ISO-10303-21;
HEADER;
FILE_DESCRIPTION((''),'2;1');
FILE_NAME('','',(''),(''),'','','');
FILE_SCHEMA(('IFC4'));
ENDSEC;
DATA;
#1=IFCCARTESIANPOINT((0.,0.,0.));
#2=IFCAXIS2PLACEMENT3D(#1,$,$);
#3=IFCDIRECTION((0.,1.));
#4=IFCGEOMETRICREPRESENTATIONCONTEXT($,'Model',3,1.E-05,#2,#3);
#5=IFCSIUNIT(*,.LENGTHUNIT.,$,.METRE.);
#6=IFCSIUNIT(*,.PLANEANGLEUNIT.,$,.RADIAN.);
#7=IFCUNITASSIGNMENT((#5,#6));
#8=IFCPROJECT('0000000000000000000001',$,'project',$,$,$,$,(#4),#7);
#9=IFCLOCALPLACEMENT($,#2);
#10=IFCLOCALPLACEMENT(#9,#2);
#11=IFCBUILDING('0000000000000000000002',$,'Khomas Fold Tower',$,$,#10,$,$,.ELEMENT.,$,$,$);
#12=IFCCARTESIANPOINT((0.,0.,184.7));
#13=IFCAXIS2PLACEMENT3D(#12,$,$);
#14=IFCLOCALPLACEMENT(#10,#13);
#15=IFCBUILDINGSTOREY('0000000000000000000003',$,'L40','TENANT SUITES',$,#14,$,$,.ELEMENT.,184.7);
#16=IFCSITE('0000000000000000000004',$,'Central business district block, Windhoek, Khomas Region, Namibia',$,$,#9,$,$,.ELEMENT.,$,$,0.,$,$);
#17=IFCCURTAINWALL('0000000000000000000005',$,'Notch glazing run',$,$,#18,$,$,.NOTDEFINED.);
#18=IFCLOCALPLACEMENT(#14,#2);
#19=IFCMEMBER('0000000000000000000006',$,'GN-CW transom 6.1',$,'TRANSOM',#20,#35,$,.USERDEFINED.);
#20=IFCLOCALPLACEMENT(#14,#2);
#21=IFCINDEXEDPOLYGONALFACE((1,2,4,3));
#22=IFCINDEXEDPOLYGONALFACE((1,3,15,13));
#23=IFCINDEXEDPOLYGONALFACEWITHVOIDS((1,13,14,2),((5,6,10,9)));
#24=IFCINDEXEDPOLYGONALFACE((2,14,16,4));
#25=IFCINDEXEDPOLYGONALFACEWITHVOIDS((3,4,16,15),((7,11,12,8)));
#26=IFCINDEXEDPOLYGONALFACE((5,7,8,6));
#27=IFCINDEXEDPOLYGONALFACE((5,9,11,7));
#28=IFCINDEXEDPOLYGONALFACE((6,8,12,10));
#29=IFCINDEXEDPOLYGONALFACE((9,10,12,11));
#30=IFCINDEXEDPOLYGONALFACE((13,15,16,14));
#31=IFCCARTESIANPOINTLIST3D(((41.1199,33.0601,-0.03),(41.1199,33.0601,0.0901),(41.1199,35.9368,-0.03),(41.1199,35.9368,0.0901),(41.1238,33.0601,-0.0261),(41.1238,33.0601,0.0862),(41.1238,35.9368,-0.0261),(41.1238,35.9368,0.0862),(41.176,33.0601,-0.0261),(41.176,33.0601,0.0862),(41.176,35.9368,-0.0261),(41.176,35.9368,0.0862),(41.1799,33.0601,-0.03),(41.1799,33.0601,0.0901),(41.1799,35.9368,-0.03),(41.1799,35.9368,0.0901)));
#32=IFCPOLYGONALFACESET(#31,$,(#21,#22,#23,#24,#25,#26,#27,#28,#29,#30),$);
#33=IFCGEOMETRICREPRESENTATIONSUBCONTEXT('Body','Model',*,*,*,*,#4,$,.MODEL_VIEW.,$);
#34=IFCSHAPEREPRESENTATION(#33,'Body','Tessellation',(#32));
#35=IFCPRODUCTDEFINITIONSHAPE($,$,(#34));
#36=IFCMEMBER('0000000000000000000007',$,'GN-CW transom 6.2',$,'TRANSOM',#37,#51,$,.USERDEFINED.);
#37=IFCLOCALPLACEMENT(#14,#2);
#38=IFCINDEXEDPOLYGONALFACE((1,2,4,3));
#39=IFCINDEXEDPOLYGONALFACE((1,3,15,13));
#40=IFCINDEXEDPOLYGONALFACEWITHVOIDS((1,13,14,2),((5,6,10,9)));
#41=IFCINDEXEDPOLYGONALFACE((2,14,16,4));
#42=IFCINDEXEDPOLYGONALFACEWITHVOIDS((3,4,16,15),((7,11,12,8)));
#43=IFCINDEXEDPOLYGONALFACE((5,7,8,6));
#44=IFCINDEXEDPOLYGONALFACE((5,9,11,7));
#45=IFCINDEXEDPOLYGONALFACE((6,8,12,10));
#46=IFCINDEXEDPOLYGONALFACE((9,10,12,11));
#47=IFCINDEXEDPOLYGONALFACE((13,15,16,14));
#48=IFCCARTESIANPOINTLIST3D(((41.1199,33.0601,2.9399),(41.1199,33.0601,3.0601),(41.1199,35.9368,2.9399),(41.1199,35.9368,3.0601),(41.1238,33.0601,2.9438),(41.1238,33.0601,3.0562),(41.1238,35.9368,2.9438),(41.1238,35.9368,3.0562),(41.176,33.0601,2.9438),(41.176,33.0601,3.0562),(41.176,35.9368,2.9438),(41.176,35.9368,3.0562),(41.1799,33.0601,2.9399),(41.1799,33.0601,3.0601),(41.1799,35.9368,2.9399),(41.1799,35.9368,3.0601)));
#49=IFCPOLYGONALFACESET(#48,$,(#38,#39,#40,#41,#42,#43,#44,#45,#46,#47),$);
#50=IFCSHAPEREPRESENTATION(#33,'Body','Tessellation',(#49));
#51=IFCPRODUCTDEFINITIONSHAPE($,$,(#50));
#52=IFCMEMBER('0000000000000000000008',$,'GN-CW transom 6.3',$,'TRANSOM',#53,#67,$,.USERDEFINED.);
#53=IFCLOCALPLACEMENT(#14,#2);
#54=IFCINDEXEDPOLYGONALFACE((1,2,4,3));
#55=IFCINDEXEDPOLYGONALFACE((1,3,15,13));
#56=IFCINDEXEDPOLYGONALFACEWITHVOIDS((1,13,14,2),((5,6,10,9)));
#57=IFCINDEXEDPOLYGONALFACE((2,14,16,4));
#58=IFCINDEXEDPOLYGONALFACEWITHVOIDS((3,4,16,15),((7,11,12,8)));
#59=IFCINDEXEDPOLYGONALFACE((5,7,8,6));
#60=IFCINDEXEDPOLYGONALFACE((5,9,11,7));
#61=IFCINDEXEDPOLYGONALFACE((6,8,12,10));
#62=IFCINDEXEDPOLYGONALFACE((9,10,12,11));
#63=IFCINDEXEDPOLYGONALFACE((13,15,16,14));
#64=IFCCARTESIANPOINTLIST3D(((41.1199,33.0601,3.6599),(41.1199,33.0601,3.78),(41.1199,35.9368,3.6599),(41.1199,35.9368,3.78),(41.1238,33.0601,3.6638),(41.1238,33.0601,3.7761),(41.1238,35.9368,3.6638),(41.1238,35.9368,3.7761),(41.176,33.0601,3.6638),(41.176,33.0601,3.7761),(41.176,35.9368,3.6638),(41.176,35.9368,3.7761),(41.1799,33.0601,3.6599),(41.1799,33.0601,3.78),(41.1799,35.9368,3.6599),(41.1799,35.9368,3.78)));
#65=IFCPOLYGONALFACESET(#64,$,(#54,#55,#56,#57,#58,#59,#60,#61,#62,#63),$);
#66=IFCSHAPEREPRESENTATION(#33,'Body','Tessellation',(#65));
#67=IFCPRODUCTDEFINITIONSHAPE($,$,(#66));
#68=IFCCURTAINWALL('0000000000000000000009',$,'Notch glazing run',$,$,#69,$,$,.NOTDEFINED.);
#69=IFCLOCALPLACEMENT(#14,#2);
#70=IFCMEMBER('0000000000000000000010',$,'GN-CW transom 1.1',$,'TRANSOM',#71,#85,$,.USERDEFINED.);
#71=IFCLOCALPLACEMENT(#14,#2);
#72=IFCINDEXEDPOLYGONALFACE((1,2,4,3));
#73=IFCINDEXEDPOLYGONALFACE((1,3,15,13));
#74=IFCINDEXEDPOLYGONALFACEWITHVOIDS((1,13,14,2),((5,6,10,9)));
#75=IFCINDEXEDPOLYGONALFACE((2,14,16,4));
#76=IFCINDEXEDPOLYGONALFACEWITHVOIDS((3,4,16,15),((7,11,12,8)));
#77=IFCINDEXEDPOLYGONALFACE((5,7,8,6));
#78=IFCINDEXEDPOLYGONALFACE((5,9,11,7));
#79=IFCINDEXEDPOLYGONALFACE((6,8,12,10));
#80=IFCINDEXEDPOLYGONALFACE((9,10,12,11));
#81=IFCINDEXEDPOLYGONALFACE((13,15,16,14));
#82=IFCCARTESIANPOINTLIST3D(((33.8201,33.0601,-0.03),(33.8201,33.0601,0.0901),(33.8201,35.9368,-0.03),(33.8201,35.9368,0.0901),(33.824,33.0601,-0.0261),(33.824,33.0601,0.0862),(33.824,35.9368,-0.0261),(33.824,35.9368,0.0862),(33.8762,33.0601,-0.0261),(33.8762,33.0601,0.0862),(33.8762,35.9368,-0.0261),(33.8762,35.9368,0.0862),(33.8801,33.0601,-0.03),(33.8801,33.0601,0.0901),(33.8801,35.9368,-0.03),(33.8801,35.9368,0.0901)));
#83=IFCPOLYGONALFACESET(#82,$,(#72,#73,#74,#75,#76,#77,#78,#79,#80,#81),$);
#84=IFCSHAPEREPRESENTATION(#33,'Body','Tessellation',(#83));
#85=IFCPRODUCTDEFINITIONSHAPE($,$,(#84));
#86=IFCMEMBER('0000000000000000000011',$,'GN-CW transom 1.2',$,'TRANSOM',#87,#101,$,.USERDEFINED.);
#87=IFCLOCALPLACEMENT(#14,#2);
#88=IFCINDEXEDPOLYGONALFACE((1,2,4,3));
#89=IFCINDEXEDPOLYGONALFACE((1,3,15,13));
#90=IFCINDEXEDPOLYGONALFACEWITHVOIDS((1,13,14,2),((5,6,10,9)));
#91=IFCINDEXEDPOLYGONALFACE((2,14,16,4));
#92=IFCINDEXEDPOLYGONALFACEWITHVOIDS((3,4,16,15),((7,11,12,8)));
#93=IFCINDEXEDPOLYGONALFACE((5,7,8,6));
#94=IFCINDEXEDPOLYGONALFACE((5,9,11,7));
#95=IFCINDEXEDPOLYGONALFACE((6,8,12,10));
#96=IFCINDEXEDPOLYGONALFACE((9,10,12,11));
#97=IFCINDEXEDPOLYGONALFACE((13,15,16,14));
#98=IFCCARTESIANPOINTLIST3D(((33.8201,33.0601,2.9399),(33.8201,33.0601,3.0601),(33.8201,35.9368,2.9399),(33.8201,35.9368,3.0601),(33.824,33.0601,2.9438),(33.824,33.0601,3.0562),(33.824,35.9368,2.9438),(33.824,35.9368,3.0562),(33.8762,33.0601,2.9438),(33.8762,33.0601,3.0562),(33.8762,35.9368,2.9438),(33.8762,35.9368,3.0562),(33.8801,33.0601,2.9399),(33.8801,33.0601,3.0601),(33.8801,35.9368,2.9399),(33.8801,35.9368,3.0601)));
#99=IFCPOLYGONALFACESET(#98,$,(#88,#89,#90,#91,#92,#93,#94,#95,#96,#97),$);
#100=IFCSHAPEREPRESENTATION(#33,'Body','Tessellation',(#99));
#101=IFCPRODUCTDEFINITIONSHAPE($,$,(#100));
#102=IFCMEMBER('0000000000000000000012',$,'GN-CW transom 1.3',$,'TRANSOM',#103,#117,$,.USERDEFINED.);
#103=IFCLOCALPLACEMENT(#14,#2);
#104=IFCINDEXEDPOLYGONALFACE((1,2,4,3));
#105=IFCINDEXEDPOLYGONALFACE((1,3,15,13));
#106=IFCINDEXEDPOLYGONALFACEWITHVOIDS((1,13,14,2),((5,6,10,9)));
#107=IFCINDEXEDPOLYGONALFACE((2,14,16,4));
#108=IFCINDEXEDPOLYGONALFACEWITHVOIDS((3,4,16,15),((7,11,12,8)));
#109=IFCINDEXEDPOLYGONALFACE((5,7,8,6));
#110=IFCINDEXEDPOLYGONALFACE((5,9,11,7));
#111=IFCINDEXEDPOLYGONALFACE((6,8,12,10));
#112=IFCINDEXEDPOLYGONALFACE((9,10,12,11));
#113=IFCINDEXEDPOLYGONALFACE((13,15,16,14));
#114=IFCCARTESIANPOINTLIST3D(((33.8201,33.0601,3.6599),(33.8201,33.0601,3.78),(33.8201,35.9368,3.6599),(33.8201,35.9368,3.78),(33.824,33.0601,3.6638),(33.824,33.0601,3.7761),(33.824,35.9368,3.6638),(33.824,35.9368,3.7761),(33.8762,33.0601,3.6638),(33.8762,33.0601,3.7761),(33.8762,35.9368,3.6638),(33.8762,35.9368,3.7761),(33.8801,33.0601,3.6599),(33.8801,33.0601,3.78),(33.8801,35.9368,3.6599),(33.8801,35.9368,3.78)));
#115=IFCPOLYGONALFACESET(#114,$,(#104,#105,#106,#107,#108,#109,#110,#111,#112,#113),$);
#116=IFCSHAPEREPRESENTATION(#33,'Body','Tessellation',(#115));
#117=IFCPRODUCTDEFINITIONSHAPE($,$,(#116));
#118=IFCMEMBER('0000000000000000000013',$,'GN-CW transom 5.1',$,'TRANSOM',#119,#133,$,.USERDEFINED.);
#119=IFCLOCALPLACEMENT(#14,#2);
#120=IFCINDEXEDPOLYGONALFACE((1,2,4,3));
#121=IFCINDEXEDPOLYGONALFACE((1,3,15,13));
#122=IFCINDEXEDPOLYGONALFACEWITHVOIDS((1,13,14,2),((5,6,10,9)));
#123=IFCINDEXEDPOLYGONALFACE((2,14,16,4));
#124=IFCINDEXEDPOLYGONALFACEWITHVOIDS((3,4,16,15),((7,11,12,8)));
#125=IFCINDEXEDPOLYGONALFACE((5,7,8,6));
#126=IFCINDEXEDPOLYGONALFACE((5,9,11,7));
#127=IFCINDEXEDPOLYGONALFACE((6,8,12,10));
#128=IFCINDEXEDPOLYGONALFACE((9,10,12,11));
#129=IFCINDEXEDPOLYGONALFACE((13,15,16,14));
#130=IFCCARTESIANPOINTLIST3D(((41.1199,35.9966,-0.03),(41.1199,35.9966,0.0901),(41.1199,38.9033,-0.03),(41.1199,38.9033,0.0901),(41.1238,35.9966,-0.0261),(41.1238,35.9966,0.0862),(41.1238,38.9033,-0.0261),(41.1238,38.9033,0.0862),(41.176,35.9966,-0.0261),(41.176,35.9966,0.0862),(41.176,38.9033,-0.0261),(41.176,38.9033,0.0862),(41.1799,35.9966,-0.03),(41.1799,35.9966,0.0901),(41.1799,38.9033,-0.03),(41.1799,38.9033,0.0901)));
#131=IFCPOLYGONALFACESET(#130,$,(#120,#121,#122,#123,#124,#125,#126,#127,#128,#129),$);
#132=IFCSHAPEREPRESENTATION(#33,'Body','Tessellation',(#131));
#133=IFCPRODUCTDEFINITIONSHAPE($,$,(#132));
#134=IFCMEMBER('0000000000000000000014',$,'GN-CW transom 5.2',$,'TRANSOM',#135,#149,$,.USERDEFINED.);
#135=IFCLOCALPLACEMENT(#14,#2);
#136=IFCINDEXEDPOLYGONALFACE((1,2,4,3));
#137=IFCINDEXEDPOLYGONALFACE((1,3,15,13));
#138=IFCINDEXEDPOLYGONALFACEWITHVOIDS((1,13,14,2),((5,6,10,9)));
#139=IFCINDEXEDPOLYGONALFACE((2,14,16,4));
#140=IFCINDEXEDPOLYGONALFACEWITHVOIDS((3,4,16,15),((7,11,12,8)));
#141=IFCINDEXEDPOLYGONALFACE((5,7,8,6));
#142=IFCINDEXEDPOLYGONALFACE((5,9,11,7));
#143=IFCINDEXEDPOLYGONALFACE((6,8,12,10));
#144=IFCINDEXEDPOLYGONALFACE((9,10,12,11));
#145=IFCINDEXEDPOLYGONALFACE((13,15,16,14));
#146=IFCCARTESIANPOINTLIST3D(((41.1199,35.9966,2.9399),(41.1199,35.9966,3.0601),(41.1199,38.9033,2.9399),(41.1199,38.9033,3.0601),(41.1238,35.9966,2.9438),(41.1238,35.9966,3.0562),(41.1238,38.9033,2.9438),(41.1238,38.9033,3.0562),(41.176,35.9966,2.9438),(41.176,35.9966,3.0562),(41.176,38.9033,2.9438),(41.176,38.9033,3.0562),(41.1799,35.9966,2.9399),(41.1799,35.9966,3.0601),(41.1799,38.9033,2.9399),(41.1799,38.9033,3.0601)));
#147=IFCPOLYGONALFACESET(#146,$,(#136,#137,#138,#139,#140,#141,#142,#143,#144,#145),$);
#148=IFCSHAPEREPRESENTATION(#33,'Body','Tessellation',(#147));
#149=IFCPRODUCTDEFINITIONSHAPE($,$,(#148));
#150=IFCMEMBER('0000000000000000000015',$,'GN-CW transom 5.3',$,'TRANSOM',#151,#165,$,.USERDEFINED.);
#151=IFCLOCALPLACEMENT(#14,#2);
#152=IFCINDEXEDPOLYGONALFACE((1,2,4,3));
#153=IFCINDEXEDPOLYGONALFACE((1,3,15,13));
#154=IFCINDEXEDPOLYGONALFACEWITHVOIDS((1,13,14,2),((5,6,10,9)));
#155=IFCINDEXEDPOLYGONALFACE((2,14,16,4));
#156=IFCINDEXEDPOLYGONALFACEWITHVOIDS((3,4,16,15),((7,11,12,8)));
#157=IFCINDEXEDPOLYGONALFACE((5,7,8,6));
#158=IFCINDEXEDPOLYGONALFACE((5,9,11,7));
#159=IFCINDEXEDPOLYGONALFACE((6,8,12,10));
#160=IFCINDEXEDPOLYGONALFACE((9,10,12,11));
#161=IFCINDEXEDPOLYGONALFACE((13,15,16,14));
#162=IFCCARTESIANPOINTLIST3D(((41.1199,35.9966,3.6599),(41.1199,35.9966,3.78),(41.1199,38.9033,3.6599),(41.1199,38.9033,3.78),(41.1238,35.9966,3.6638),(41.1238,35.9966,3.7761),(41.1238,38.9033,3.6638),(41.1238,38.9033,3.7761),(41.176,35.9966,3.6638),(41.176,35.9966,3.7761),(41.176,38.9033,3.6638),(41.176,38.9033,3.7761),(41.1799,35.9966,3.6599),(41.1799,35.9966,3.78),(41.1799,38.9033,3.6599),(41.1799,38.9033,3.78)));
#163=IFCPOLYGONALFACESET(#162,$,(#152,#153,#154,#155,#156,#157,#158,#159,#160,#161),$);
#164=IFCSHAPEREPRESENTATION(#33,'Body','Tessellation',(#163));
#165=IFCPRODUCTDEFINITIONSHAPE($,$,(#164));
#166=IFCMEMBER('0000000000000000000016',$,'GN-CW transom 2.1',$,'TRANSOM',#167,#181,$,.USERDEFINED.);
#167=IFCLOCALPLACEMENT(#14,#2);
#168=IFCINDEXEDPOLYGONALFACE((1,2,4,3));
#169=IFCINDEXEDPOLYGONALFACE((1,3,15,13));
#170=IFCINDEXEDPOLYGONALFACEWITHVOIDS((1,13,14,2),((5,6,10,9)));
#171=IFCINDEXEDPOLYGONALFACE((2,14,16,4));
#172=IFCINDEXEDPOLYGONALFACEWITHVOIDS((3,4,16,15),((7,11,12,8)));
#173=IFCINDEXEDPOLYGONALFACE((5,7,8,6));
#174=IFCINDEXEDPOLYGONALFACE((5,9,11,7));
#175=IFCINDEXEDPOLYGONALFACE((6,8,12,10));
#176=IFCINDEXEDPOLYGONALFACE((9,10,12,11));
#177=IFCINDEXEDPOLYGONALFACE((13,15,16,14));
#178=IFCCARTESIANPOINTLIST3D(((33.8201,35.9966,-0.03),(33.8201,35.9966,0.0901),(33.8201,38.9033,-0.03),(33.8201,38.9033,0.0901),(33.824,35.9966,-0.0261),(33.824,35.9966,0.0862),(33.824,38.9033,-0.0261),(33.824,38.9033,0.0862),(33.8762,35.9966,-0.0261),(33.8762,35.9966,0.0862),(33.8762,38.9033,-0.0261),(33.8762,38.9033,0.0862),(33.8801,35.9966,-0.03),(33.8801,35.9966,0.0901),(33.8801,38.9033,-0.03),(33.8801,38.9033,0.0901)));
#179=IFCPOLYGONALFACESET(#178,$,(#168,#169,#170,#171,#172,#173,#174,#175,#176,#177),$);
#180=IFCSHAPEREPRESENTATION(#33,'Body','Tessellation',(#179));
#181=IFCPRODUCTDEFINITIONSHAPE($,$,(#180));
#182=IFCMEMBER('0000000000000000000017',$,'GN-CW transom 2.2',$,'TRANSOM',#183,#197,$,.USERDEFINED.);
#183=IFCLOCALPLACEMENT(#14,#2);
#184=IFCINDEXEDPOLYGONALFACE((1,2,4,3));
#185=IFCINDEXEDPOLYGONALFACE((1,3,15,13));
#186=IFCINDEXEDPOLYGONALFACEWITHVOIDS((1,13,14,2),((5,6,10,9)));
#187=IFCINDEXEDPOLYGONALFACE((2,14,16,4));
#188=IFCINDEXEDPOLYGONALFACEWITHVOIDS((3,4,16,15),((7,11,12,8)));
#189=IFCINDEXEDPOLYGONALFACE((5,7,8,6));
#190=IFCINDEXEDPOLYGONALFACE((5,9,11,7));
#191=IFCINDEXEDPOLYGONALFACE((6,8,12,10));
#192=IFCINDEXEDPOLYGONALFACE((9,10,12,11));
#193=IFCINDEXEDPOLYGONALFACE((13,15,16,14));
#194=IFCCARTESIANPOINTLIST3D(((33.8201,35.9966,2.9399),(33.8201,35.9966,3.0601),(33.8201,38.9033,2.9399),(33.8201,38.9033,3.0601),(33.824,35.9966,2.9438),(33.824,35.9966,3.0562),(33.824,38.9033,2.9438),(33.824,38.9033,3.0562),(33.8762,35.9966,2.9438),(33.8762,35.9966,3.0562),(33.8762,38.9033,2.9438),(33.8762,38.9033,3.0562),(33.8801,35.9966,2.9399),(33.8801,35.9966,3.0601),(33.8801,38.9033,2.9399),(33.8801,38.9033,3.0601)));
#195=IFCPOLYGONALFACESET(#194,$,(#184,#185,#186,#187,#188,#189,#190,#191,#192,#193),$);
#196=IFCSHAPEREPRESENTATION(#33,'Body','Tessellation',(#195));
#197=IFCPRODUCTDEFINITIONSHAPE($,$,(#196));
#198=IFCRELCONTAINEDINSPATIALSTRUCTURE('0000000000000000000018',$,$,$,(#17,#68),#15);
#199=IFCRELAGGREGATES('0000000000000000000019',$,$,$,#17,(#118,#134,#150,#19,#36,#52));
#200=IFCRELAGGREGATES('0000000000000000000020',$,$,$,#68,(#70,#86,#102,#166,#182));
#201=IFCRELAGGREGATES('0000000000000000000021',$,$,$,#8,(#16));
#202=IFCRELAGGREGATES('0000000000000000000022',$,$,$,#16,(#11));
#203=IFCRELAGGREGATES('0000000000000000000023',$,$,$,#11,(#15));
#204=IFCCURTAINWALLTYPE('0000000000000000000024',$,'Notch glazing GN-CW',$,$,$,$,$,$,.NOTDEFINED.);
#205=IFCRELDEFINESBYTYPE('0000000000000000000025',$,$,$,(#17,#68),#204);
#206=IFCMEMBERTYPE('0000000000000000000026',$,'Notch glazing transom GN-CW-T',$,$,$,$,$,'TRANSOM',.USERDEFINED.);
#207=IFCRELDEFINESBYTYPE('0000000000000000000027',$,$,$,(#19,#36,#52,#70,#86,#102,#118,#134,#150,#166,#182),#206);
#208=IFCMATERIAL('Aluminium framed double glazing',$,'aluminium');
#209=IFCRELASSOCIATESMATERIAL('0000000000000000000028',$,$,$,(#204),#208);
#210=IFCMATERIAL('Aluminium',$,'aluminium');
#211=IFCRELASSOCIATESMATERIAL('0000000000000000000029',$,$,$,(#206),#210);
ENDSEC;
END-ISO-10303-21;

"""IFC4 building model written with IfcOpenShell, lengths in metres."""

from ifc_helpers import new_model, si_unit, direction, frame, origin, origin_2d, place, context, subcontext, project, spatial, hollow_rectangle, extrude, source, transform, mapped, material, material_profile, profile_set, type_object, element, aggregate, save


model = new_model("IFC4")

# Units and contexts
model_context = context("Model", 3, precision=1e-05, world=origin(), true_north=direction((0.0, 1.0)))
body_context = subcontext(model_context, "Body", "Model", "MODEL_VIEW")
ifc_project = project(units=[si_unit("LENGTHUNIT", "METRE"), si_unit("PLANEANGLEUNIT", "RADIAN")], contexts=[model_context])

# Site, building, storey
site_placement = place(None, origin())
site = spatial("IfcSite", under=ifc_project, at=site_placement, Name="Central business district block, Windhoek, Khomas Region, Namibia", CompositionType="ELEMENT", RefElevation=0.0)
building_placement = place(site_placement, origin())
building = spatial("IfcBuilding", under=site, at=building_placement, Name="Khomas Fold Tower", CompositionType="ELEMENT")
storey_placement = place(building_placement, frame((0.0, 0.0, 184.7)))
storey = spatial("IfcBuildingStorey", under=building, at=storey_placement, Name="L40", Description="TENANT SUITES", CompositionType="ELEMENT", Elevation=184.7)

# Curtain walls, members
ifc_material_1 = material(Name="Aluminium framed double glazing", Category="aluminium")
curtain_wall_type = type_object("IfcCurtainWallType", Name="Notch glazing GN-CW", PredefinedType="NOTDEFINED", material=ifc_material_1)
curtain_wall_1_placement = place(storey_placement, origin())
curtain_wall_1 = element("IfcCurtainWall", 1, at=curtain_wall_1_placement, inside=storey, type_object=curtain_wall_type, Name="Notch glazing run", PredefinedType="NOTDEFINED")
ifc_material_2 = material(Name="Aluminium", Category="aluminium")
ifc_material_profile_1 = material_profile(ifc_material_2, hollow_rectangle(XDim=0.0601, YDim=0.1201, WallThickness=0.0039, at=origin_2d()), Name="Notch glazing transom GN-CW-T")
ifc_profile_set_1 = profile_set([ifc_material_profile_1], Name="Aluminium")
member_type_1 = type_object("IfcMemberType", Name="Notch glazing transom GN-CW-T", ElementType="TRANSOM", PredefinedType="USERDEFINED", material=ifc_profile_set_1)
shared_shape_1 = source(origin(), body_context, "Body", "SweptSolid", [
    extrude(hollow_rectangle(XDim=0.0601, YDim=0.1201, WallThickness=0.0039, at=origin_2d()), origin(), (0.0, 0.0, 1.0), 2.8767),
])
member_1_placement = place(storey_placement, frame((41.1499, 35.9368, 0.03), z_axis=(0.0, -1.0, 0.0), x_axis=(1.0, 0.0, 0.0)))
member_1 = element("IfcMember", 2, at=member_1_placement, type_object=member_type_1, Name="GN-CW transom 6.1", ObjectType="TRANSOM", PredefinedType="USERDEFINED", context=body_context, shape_type="MappedRepresentation", body=[
    mapped(shared_shape_1, transform((0.0, 0.0, 0.0))),
])
member_2_placement = place(storey_placement, frame((41.1499, 35.9368, 3.0), z_axis=(0.0, -1.0, 0.0), x_axis=(1.0, 0.0, 0.0)))
member_2 = element("IfcMember", 3, at=member_2_placement, type_object=member_type_1, Name="GN-CW transom 6.2", ObjectType="TRANSOM", PredefinedType="USERDEFINED", context=body_context, shape_type="MappedRepresentation", body=[
    mapped(shared_shape_1, transform((0.0, 0.0, 0.0))),
])
member_3_placement = place(storey_placement, frame((41.1499, 35.9368, 3.72), z_axis=(0.0, -1.0, 0.0), x_axis=(1.0, 0.0, 0.0)))
member_3 = element("IfcMember", 4, at=member_3_placement, type_object=member_type_1, Name="GN-CW transom 6.3", ObjectType="TRANSOM", PredefinedType="USERDEFINED", context=body_context, shape_type="MappedRepresentation", body=[
    mapped(shared_shape_1, transform((0.0, 0.0, 0.0))),
])
curtain_wall_2_placement = place(storey_placement, origin())
curtain_wall_2 = element("IfcCurtainWall", 5, at=curtain_wall_2_placement, inside=storey, type_object=curtain_wall_type, Name="Notch glazing run", PredefinedType="NOTDEFINED")
member_4_placement = place(storey_placement, frame((33.8501, 33.0601, 0.03), z_axis=(0.0, 1.0, 0.0), x_axis=(-1.0, 0.0, 0.0)))
member_4 = element("IfcMember", 6, at=member_4_placement, type_object=member_type_1, Name="GN-CW transom 1.1", ObjectType="TRANSOM", PredefinedType="USERDEFINED", context=body_context, shape_type="MappedRepresentation", body=[
    mapped(shared_shape_1, transform((0.0, 0.0, 0.0))),
])
member_5_placement = place(storey_placement, frame((33.8501, 33.0601, 3.0), z_axis=(0.0, 1.0, 0.0), x_axis=(-1.0, 0.0, 0.0)))
member_5 = element("IfcMember", 7, at=member_5_placement, type_object=member_type_1, Name="GN-CW transom 1.2", ObjectType="TRANSOM", PredefinedType="USERDEFINED", context=body_context, shape_type="MappedRepresentation", body=[
    mapped(shared_shape_1, transform((0.0, 0.0, 0.0))),
])
member_6_placement = place(storey_placement, frame((33.8501, 33.0601, 3.72), z_axis=(0.0, 1.0, 0.0), x_axis=(-1.0, 0.0, 0.0)))
member_6 = element("IfcMember", 8, at=member_6_placement, type_object=member_type_1, Name="GN-CW transom 1.3", ObjectType="TRANSOM", PredefinedType="USERDEFINED", context=body_context, shape_type="MappedRepresentation", body=[
    mapped(shared_shape_1, transform((0.0, 0.0, 0.0))),
])

# Members
shared_shape_2 = source(origin(), body_context, "Body", "SweptSolid", [
    extrude(hollow_rectangle(XDim=0.0601, YDim=0.1201, WallThickness=0.0039, at=origin_2d()), origin(), (0.0, 0.0, 1.0), 2.9067),
])
member_7_placement = place(storey_placement, frame((41.1499, 38.9033, 0.03), z_axis=(0.0, -1.0, 0.0), x_axis=(1.0, 0.0, 0.0)))
member_7 = element("IfcMember", 9, at=member_7_placement, type_object=member_type_1, Name="GN-CW transom 5.1", ObjectType="TRANSOM", PredefinedType="USERDEFINED", context=body_context, shape_type="MappedRepresentation", body=[
    mapped(shared_shape_2, transform((0.0, 0.0, 0.0))),
])
member_8_placement = place(storey_placement, frame((41.1499, 38.9033, 3.0), z_axis=(0.0, -1.0, 0.0), x_axis=(1.0, 0.0, 0.0)))
member_8 = element("IfcMember", 10, at=member_8_placement, type_object=member_type_1, Name="GN-CW transom 5.2", ObjectType="TRANSOM", PredefinedType="USERDEFINED", context=body_context, shape_type="MappedRepresentation", body=[
    mapped(shared_shape_2, transform((0.0, 0.0, 0.0))),
])
member_9_placement = place(storey_placement, frame((41.1499, 38.9033, 3.72), z_axis=(0.0, -1.0, 0.0), x_axis=(1.0, 0.0, 0.0)))
member_9 = element("IfcMember", 11, at=member_9_placement, type_object=member_type_1, Name="GN-CW transom 5.3", ObjectType="TRANSOM", PredefinedType="USERDEFINED", context=body_context, shape_type="MappedRepresentation", body=[
    mapped(shared_shape_2, transform((0.0, 0.0, 0.0))),
])
member_10_placement = place(storey_placement, frame((33.8501, 35.9966, 0.03), z_axis=(0.0, 1.0, 0.0), x_axis=(-1.0, 0.0, 0.0)))
member_10 = element("IfcMember", 12, at=member_10_placement, type_object=member_type_1, Name="GN-CW transom 2.1", ObjectType="TRANSOM", PredefinedType="USERDEFINED", context=body_context, shape_type="MappedRepresentation", body=[
    mapped(shared_shape_2, transform((0.0, 0.0, 0.0))),
])
member_11_placement = place(storey_placement, frame((33.8501, 35.9966, 3.0), z_axis=(0.0, 1.0, 0.0), x_axis=(-1.0, 0.0, 0.0)))
member_11 = element("IfcMember", 13, at=member_11_placement, type_object=member_type_1, Name="GN-CW transom 2.2", ObjectType="TRANSOM", PredefinedType="USERDEFINED", context=body_context, shape_type="MappedRepresentation", body=[
    mapped(shared_shape_2, transform((0.0, 0.0, 0.0))),
])

aggregate(curtain_wall_1, [member_7, member_8, member_9, member_1, member_2, member_3])
aggregate(curtain_wall_2, [member_4, member_5, member_6, member_10, member_11])

save(model, "model.ifc")
